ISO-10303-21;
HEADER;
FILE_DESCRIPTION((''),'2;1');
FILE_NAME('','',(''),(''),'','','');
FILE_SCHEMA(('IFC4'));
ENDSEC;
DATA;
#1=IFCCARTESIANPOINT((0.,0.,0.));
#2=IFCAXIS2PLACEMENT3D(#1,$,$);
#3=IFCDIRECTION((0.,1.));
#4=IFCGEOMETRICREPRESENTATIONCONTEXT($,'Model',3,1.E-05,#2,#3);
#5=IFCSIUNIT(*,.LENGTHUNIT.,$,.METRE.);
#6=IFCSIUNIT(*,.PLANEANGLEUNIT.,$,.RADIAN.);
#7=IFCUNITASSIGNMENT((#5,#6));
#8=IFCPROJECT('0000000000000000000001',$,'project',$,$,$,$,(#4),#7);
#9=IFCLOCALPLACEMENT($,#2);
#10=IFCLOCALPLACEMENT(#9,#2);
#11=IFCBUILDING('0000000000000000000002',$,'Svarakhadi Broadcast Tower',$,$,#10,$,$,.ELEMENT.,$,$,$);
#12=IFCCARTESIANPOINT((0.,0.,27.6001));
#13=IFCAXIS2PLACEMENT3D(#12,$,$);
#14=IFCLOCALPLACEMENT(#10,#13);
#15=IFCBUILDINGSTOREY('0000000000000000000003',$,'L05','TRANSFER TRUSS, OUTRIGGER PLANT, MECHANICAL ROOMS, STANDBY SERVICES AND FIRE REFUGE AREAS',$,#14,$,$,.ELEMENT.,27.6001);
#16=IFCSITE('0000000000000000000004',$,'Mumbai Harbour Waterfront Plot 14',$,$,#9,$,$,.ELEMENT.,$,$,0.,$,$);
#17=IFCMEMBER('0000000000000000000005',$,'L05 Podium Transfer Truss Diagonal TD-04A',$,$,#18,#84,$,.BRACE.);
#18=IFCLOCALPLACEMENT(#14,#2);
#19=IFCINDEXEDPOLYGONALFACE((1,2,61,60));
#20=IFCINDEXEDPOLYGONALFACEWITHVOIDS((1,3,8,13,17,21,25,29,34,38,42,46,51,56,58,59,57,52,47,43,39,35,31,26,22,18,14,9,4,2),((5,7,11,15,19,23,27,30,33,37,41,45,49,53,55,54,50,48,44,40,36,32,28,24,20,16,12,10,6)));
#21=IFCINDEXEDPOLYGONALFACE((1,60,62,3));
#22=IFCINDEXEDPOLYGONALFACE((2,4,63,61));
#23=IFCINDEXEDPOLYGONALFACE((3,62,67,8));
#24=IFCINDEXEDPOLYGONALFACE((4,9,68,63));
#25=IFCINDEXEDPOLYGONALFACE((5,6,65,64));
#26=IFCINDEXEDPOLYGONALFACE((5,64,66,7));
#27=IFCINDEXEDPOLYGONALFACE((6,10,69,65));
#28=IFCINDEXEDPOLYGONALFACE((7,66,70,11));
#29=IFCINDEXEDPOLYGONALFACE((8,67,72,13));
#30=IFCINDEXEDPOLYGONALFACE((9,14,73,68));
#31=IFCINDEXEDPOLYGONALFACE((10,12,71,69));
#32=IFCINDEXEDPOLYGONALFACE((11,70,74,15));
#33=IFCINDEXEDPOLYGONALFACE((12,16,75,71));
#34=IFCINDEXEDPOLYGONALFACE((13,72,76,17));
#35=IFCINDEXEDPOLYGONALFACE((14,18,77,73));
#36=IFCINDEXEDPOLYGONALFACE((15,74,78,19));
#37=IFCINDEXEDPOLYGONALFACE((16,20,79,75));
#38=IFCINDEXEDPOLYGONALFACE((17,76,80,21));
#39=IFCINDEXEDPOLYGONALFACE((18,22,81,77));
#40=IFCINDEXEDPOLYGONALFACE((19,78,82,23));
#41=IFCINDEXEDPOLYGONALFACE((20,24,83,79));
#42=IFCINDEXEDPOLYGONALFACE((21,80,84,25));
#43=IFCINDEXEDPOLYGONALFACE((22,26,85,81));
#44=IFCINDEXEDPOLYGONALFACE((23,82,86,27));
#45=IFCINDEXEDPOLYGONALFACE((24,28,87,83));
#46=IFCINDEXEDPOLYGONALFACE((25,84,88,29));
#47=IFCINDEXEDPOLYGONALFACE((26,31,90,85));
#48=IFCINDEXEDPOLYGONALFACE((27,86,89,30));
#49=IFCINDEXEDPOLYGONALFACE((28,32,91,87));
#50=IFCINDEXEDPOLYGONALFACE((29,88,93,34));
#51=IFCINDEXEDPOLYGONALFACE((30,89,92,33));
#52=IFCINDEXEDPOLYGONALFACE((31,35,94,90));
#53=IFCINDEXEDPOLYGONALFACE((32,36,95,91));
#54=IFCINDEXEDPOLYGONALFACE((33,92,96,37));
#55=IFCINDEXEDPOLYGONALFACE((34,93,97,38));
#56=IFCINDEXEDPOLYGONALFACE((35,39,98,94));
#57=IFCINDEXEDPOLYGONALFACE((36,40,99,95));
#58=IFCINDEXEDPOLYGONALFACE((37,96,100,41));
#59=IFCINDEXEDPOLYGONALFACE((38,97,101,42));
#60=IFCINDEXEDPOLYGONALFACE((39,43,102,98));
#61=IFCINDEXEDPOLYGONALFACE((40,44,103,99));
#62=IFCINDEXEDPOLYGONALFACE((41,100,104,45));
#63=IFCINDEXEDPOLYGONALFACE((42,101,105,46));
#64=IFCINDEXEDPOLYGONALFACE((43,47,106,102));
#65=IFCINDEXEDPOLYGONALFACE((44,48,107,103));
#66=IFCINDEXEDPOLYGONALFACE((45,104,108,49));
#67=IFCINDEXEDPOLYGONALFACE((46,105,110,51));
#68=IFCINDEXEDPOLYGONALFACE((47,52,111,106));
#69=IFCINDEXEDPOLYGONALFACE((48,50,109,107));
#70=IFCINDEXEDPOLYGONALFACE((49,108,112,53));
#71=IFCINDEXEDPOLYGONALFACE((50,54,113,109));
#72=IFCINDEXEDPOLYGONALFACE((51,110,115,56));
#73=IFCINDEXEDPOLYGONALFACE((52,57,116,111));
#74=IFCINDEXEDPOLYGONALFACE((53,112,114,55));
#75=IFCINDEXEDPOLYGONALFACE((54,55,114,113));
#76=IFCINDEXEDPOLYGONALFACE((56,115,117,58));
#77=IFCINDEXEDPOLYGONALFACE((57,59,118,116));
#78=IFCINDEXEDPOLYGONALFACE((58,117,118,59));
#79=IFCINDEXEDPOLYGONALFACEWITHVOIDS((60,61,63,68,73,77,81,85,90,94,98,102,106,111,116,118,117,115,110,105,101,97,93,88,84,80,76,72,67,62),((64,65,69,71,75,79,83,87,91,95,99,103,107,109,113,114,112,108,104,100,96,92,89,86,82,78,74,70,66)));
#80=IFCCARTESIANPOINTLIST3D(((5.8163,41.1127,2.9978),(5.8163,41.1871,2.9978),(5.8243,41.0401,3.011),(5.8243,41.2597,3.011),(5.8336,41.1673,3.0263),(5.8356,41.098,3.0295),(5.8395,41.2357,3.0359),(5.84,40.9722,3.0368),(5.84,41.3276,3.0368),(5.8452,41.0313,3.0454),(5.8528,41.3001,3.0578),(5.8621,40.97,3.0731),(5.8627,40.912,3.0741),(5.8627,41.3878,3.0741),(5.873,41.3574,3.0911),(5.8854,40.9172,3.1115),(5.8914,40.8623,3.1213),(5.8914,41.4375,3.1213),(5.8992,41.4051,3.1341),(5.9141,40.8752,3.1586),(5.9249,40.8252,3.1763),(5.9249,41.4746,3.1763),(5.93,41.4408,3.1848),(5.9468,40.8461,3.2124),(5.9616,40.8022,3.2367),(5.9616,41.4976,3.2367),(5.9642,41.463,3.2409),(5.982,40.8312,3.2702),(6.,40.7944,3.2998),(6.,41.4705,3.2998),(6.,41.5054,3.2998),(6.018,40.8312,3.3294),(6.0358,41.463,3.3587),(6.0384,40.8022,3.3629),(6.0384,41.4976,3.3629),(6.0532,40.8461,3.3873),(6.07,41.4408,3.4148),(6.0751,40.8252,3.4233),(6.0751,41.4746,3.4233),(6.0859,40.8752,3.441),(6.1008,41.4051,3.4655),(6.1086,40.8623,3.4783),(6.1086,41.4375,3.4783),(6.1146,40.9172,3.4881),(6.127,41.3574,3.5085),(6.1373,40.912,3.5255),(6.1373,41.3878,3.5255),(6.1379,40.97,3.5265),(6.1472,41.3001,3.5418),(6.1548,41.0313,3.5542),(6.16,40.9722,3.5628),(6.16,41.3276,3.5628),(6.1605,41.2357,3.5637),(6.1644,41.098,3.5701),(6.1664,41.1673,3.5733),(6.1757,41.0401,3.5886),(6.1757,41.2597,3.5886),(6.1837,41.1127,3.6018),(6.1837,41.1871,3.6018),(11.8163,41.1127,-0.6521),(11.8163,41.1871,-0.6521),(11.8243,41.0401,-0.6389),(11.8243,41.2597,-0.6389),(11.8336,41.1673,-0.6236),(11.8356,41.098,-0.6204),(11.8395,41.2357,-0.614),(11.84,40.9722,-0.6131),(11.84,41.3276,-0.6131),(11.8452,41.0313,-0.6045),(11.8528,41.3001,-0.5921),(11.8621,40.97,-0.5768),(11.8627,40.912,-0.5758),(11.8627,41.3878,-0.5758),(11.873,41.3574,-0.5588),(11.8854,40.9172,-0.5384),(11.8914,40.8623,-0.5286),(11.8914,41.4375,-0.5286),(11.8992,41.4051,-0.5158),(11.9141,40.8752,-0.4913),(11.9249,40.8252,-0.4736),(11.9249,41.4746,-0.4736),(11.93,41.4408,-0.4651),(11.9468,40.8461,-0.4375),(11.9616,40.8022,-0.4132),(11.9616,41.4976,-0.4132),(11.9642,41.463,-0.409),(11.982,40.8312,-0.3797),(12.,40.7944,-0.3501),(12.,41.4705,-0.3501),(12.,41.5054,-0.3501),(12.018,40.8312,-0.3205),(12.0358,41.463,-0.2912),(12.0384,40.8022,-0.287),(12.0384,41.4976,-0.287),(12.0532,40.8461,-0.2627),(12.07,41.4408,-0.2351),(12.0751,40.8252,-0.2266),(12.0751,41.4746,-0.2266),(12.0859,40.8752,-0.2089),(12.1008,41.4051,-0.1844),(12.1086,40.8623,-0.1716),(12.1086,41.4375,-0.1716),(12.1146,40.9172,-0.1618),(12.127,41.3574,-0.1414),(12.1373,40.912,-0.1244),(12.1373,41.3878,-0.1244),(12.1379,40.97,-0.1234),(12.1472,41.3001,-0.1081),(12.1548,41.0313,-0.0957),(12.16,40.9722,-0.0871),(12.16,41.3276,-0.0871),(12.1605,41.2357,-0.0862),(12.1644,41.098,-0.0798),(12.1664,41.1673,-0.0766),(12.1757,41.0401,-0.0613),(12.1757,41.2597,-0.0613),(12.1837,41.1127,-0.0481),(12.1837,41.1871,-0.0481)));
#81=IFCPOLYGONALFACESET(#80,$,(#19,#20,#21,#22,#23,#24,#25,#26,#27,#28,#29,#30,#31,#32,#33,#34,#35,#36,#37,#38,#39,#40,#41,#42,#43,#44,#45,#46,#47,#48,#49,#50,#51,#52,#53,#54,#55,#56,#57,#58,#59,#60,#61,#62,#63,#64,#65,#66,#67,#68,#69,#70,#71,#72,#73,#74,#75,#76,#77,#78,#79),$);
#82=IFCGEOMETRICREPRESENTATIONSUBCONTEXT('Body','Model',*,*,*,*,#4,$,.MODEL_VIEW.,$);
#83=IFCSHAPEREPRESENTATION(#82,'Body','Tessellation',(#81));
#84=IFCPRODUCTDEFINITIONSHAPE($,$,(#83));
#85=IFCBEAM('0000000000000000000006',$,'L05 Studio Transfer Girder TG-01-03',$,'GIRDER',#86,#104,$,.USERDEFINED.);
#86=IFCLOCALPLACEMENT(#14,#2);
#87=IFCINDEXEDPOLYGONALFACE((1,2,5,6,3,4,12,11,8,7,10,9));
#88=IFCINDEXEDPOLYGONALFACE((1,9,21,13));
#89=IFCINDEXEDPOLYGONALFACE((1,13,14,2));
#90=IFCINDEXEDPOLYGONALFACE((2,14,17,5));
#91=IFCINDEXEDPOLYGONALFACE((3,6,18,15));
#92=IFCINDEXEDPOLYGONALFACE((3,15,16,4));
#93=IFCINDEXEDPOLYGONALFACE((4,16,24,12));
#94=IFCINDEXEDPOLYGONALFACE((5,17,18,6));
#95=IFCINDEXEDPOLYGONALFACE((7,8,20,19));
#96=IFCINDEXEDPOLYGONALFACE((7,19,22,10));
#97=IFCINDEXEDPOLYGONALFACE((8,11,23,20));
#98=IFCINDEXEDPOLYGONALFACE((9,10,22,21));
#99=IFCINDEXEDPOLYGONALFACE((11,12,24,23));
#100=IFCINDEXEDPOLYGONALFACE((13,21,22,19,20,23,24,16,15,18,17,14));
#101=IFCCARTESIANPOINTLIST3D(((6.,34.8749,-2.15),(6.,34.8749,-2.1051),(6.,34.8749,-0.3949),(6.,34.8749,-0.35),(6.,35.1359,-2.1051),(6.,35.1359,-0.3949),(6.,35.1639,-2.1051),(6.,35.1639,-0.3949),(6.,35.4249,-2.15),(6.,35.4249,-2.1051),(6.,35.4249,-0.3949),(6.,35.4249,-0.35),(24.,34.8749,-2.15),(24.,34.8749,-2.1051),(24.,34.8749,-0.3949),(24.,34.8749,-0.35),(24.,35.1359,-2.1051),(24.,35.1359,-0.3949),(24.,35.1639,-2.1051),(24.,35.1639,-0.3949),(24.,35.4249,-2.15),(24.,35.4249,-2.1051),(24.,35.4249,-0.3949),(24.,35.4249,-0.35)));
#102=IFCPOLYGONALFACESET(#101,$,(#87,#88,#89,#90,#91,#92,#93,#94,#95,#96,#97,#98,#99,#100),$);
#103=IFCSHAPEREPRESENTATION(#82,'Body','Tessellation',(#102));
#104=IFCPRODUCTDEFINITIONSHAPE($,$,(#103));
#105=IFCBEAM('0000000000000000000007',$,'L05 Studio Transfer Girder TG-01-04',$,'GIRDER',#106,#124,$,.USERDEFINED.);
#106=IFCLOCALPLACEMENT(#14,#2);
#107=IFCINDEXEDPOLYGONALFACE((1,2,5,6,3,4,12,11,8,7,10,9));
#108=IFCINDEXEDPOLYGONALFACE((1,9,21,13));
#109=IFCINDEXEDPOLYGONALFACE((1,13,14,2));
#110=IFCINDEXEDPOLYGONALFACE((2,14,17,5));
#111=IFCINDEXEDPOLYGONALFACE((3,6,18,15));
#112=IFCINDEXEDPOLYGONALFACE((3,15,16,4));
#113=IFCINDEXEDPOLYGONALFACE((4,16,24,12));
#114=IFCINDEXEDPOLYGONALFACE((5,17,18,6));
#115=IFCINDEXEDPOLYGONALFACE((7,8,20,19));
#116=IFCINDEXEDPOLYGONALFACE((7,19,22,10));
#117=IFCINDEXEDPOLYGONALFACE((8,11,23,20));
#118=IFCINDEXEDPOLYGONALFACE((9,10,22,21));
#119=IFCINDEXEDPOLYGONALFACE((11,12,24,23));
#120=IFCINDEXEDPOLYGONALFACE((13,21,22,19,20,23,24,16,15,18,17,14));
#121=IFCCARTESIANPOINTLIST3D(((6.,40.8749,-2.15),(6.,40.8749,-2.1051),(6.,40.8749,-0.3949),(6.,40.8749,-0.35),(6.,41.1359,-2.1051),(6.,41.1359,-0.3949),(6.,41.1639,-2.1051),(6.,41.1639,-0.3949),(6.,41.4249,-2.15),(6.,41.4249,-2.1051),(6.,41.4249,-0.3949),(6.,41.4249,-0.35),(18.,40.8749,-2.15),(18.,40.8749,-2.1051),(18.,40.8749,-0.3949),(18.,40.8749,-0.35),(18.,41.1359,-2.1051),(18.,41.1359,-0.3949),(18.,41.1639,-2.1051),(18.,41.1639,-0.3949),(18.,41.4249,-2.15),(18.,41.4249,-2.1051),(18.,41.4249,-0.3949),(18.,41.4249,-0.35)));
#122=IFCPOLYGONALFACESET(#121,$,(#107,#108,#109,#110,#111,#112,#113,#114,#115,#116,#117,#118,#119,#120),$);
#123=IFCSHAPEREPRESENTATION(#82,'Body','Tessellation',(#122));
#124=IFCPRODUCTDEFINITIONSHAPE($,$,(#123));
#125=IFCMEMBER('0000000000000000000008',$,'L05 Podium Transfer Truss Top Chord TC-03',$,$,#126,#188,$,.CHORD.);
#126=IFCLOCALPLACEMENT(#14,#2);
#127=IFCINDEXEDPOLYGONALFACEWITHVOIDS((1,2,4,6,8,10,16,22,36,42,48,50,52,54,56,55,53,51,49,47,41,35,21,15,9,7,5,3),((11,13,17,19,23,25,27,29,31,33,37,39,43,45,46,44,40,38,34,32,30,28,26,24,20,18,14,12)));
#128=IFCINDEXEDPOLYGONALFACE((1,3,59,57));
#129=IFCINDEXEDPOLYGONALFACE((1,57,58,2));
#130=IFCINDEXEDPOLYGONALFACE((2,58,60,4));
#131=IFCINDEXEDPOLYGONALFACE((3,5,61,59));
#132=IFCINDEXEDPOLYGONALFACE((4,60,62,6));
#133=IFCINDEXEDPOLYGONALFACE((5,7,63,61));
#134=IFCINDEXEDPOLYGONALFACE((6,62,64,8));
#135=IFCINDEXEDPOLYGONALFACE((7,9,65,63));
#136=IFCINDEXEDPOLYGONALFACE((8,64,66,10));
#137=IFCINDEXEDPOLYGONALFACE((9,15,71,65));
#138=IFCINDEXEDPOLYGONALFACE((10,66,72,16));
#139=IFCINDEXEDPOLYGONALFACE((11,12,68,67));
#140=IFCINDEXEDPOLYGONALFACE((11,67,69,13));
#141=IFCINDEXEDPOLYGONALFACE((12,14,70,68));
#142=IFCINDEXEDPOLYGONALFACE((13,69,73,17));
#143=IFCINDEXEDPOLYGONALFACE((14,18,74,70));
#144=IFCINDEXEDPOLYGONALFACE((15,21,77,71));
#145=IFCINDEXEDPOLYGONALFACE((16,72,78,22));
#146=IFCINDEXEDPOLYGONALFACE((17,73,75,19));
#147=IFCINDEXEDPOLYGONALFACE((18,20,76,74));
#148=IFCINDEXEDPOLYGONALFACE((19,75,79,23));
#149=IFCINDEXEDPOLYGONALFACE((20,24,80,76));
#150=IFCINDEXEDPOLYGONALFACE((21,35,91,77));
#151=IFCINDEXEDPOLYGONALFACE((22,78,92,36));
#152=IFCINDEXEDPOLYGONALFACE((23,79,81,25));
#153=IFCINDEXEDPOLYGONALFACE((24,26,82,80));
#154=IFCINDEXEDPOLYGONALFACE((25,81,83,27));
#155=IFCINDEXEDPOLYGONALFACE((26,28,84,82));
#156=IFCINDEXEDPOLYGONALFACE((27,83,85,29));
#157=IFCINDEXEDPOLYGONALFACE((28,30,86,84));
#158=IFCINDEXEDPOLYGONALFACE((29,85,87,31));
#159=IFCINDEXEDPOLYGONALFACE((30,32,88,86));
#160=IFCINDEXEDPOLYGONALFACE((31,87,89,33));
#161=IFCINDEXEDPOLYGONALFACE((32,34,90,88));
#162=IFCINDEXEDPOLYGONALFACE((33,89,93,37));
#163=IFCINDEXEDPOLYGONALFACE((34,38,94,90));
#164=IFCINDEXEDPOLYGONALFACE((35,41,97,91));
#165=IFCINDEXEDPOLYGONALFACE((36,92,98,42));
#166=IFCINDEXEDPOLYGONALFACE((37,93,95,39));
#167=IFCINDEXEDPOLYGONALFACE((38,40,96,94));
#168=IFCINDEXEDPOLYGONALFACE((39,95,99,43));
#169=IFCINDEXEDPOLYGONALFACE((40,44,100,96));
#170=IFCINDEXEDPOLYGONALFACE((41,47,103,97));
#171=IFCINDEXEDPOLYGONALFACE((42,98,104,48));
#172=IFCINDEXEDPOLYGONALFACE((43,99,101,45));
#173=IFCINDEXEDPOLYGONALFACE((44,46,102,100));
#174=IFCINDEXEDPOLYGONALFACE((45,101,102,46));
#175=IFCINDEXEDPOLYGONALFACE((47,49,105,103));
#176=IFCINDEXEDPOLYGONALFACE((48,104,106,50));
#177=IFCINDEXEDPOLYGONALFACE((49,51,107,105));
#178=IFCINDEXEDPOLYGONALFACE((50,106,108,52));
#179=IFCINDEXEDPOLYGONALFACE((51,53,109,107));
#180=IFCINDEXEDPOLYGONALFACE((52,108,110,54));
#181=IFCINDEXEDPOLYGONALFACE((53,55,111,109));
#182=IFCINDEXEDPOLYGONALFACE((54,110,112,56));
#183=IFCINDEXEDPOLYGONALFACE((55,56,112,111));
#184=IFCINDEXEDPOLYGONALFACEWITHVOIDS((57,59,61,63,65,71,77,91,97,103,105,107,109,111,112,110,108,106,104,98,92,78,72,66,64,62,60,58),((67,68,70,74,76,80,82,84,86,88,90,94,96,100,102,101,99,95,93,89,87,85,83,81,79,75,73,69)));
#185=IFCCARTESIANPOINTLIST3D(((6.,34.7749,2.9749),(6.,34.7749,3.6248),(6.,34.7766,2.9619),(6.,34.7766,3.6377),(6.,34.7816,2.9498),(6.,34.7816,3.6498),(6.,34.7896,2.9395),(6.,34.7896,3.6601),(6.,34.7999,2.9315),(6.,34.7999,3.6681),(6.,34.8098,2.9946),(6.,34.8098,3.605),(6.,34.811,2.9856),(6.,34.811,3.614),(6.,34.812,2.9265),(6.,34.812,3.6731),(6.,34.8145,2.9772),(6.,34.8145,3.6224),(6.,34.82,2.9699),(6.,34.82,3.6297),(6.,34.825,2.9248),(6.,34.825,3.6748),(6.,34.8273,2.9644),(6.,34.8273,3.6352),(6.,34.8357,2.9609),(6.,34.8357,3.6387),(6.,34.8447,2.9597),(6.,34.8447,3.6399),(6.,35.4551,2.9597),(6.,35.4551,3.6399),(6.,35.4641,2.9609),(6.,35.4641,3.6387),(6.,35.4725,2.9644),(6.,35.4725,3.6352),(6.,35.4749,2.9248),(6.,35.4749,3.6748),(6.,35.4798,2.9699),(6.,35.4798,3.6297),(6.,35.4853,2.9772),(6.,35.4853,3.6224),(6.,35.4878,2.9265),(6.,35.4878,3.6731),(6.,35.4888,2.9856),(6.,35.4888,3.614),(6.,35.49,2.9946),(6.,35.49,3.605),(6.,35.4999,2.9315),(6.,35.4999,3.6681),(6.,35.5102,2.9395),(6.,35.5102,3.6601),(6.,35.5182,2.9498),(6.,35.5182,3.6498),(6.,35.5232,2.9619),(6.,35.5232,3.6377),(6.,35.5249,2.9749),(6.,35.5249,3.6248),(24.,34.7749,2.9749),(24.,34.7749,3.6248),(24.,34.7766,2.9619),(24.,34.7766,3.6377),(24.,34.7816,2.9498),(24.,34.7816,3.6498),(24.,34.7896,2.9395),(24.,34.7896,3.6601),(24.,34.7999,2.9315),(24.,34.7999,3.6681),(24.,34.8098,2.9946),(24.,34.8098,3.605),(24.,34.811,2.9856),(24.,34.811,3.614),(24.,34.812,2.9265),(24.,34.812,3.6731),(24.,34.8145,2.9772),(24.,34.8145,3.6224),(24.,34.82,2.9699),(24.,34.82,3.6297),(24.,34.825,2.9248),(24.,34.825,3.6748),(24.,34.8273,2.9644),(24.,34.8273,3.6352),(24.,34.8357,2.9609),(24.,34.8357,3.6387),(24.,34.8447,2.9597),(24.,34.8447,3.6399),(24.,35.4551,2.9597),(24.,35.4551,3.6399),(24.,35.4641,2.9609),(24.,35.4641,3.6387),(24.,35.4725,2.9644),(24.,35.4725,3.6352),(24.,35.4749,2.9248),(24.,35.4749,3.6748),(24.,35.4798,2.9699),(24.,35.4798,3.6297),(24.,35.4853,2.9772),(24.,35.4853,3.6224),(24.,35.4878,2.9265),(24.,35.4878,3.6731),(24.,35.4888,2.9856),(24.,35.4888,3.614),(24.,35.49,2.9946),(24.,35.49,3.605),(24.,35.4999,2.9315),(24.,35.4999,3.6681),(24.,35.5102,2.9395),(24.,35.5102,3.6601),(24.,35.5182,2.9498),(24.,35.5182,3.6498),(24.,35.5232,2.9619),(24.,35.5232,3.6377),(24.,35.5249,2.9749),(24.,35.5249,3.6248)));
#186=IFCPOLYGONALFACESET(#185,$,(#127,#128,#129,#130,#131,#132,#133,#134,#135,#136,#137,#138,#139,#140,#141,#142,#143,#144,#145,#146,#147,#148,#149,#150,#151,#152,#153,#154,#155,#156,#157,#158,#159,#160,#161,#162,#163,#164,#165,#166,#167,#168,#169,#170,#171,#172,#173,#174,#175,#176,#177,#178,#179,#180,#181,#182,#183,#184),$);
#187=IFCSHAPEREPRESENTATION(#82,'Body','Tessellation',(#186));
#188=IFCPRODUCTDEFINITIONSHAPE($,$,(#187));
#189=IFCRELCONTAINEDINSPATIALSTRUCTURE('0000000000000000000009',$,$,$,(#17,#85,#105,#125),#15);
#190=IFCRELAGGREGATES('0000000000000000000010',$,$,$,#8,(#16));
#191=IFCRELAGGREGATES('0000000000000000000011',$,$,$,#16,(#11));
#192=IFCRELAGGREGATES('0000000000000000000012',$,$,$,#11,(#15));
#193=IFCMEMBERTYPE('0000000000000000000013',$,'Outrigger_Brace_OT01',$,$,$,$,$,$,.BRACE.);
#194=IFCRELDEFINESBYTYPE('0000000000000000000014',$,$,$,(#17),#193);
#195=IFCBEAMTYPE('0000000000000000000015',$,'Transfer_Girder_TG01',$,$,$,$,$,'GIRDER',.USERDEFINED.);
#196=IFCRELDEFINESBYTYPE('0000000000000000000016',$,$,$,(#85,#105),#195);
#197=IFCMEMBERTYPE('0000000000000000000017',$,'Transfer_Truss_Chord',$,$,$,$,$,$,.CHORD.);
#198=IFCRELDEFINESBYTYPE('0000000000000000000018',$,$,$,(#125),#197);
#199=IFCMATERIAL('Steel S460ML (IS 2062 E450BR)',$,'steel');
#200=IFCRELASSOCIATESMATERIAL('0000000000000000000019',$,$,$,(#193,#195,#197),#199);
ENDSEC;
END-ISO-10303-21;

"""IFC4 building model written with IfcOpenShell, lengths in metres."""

from ifc_helpers import new_model, si_unit, direction, frame, origin, origin_2d, place, context, subcontext, project, spatial, hollow_rectangle, hollow_circle, i_section, extrude, material, material_profile, profile_set, type_object, element, save


model = new_model("IFC4")

# Units and contexts
model_context = context("Model", 3, precision=1e-05, world=origin(), true_north=direction((0.0, 1.0)))
body_context = subcontext(model_context, "Body", "Model", "MODEL_VIEW")
ifc_project = project(units=[si_unit("LENGTHUNIT", "METRE"), si_unit("PLANEANGLEUNIT", "RADIAN")], contexts=[model_context])

# Site, building, storey
site_placement = place(None, origin())
site = spatial("IfcSite", under=ifc_project, at=site_placement, Name="Mumbai Harbour Waterfront Plot 14", CompositionType="ELEMENT", RefElevation=0.0)
building_placement = place(site_placement, origin())
building = spatial("IfcBuilding", under=site, at=building_placement, Name="Svarakhadi Broadcast Tower", CompositionType="ELEMENT")
storey_placement = place(building_placement, frame((0.0, 0.0, 27.6001)))
storey = spatial("IfcBuildingStorey", under=building, at=storey_placement, Name="L05", Description="TRANSFER TRUSS, OUTRIGGER PLANT, MECHANICAL ROOMS, STANDBY SERVICES AND FIRE REFUGE AREAS", CompositionType="ELEMENT", Elevation=27.6001)

# Shared definitions
ifc_material_1 = material(Name="Steel S460ML (IS 2062 E450BR)", Category="steel")

# Member
ifc_material_profile_1 = material_profile(ifc_material_1, hollow_circle(Radius=0.3555, WallThickness=0.0349, at=origin_2d()), Name="CHS 711x35")
ifc_profile_set_1 = profile_set([ifc_material_profile_1], Name="Steel S460ML (IS 2062 E450BR)")
member_type_1 = type_object("IfcMemberType", Name="Outrigger_Brace_OT01", PredefinedType="BRACE", material=ifc_profile_set_1)
for number, where, z_axis, x_axis, name in (
    (1, (6.0, 41.1499, 3.2998), (0.854342, 0.0, -0.519711), (0.0, 1.0, 0.0), "L05 Podium Transfer Truss Diagonal TD-04A"),
):
    element("IfcMember", number, at=place(storey_placement, frame(where, z_axis=z_axis, x_axis=x_axis)), inside=storey, type_object=member_type_1, Name=name, PredefinedType="BRACE", context=body_context, shape_type="SweptSolid", body=[
        extrude(hollow_circle(Radius=0.3555, WallThickness=0.0349, at=origin_2d()), origin(), (0.0, 0.0, 1.0), 7.0229),
    ])

# Beams
ifc_material_profile_2 = material_profile(ifc_material_1, i_section(OverallWidth=0.55, OverallDepth=1.8, WebThickness=0.0281, FlangeThickness=0.0449, at=origin_2d()), Name="PG 1800x550x45")
ifc_profile_set_2 = profile_set([ifc_material_profile_2], Name="Steel S460ML (IS 2062 E450BR)")
beam_type_1 = type_object("IfcBeamType", Name="Transfer_Girder_TG01", ElementType="GIRDER", PredefinedType="USERDEFINED", material=ifc_profile_set_2)
beam_1_placement = place(storey_placement, frame((6.0, 35.1499, -1.25), z_axis=(1.0, 0.0, 0.0), x_axis=(0.0, 1.0, 0.0)))
element("IfcBeam", 2, at=beam_1_placement, inside=storey, type_object=beam_type_1, Name="L05 Studio Transfer Girder TG-01-03", ObjectType="GIRDER", PredefinedType="USERDEFINED", context=body_context, shape_type="SweptSolid", body=[
    extrude(i_section(OverallWidth=0.55, OverallDepth=1.8, WebThickness=0.0281, FlangeThickness=0.0449, at=origin_2d()), origin(), (0.0, 0.0, 1.0), 18.0),
])
beam_2_placement = place(storey_placement, frame((6.0, 41.1499, -1.25), z_axis=(1.0, 0.0, 0.0), x_axis=(0.0, 1.0, 0.0)))
element("IfcBeam", 3, at=beam_2_placement, inside=storey, type_object=beam_type_1, Name="L05 Studio Transfer Girder TG-01-04", ObjectType="GIRDER", PredefinedType="USERDEFINED", context=body_context, shape_type="SweptSolid", body=[
    extrude(i_section(OverallWidth=0.55, OverallDepth=1.8, WebThickness=0.0281, FlangeThickness=0.0449, at=origin_2d()), origin(), (0.0, 0.0, 1.0), 12.0),
])

# Member
ifc_material_profile_3 = material_profile(ifc_material_1, hollow_rectangle(XDim=0.75, YDim=0.75, WallThickness=0.0349, InnerFilletRadius=0.0349, OuterFilletRadius=0.05, at=origin_2d()), Name="BOX 750x750x35")
ifc_profile_set_3 = profile_set([ifc_material_profile_3], Name="Steel S460ML (IS 2062 E450BR)")
member_type_2 = type_object("IfcMemberType", Name="Transfer_Truss_Chord", PredefinedType="CHORD", material=ifc_profile_set_3)
member_1_placement = place(storey_placement, frame((6.0, 35.1499, 3.2998), z_axis=(1.0, 0.0, 0.0), x_axis=(0.0, 1.0, 0.0)))
element("IfcMember", 4, at=member_1_placement, inside=storey, type_object=member_type_2, Name="L05 Podium Transfer Truss Top Chord TC-03", PredefinedType="CHORD", context=body_context, shape_type="SweptSolid", body=[
    extrude(hollow_rectangle(XDim=0.75, YDim=0.75, WallThickness=0.0349, InnerFilletRadius=0.0349, OuterFilletRadius=0.05, at=origin_2d()), origin(), (0.0, 0.0, 1.0), 18.0),
])

save(model, "model.ifc")
